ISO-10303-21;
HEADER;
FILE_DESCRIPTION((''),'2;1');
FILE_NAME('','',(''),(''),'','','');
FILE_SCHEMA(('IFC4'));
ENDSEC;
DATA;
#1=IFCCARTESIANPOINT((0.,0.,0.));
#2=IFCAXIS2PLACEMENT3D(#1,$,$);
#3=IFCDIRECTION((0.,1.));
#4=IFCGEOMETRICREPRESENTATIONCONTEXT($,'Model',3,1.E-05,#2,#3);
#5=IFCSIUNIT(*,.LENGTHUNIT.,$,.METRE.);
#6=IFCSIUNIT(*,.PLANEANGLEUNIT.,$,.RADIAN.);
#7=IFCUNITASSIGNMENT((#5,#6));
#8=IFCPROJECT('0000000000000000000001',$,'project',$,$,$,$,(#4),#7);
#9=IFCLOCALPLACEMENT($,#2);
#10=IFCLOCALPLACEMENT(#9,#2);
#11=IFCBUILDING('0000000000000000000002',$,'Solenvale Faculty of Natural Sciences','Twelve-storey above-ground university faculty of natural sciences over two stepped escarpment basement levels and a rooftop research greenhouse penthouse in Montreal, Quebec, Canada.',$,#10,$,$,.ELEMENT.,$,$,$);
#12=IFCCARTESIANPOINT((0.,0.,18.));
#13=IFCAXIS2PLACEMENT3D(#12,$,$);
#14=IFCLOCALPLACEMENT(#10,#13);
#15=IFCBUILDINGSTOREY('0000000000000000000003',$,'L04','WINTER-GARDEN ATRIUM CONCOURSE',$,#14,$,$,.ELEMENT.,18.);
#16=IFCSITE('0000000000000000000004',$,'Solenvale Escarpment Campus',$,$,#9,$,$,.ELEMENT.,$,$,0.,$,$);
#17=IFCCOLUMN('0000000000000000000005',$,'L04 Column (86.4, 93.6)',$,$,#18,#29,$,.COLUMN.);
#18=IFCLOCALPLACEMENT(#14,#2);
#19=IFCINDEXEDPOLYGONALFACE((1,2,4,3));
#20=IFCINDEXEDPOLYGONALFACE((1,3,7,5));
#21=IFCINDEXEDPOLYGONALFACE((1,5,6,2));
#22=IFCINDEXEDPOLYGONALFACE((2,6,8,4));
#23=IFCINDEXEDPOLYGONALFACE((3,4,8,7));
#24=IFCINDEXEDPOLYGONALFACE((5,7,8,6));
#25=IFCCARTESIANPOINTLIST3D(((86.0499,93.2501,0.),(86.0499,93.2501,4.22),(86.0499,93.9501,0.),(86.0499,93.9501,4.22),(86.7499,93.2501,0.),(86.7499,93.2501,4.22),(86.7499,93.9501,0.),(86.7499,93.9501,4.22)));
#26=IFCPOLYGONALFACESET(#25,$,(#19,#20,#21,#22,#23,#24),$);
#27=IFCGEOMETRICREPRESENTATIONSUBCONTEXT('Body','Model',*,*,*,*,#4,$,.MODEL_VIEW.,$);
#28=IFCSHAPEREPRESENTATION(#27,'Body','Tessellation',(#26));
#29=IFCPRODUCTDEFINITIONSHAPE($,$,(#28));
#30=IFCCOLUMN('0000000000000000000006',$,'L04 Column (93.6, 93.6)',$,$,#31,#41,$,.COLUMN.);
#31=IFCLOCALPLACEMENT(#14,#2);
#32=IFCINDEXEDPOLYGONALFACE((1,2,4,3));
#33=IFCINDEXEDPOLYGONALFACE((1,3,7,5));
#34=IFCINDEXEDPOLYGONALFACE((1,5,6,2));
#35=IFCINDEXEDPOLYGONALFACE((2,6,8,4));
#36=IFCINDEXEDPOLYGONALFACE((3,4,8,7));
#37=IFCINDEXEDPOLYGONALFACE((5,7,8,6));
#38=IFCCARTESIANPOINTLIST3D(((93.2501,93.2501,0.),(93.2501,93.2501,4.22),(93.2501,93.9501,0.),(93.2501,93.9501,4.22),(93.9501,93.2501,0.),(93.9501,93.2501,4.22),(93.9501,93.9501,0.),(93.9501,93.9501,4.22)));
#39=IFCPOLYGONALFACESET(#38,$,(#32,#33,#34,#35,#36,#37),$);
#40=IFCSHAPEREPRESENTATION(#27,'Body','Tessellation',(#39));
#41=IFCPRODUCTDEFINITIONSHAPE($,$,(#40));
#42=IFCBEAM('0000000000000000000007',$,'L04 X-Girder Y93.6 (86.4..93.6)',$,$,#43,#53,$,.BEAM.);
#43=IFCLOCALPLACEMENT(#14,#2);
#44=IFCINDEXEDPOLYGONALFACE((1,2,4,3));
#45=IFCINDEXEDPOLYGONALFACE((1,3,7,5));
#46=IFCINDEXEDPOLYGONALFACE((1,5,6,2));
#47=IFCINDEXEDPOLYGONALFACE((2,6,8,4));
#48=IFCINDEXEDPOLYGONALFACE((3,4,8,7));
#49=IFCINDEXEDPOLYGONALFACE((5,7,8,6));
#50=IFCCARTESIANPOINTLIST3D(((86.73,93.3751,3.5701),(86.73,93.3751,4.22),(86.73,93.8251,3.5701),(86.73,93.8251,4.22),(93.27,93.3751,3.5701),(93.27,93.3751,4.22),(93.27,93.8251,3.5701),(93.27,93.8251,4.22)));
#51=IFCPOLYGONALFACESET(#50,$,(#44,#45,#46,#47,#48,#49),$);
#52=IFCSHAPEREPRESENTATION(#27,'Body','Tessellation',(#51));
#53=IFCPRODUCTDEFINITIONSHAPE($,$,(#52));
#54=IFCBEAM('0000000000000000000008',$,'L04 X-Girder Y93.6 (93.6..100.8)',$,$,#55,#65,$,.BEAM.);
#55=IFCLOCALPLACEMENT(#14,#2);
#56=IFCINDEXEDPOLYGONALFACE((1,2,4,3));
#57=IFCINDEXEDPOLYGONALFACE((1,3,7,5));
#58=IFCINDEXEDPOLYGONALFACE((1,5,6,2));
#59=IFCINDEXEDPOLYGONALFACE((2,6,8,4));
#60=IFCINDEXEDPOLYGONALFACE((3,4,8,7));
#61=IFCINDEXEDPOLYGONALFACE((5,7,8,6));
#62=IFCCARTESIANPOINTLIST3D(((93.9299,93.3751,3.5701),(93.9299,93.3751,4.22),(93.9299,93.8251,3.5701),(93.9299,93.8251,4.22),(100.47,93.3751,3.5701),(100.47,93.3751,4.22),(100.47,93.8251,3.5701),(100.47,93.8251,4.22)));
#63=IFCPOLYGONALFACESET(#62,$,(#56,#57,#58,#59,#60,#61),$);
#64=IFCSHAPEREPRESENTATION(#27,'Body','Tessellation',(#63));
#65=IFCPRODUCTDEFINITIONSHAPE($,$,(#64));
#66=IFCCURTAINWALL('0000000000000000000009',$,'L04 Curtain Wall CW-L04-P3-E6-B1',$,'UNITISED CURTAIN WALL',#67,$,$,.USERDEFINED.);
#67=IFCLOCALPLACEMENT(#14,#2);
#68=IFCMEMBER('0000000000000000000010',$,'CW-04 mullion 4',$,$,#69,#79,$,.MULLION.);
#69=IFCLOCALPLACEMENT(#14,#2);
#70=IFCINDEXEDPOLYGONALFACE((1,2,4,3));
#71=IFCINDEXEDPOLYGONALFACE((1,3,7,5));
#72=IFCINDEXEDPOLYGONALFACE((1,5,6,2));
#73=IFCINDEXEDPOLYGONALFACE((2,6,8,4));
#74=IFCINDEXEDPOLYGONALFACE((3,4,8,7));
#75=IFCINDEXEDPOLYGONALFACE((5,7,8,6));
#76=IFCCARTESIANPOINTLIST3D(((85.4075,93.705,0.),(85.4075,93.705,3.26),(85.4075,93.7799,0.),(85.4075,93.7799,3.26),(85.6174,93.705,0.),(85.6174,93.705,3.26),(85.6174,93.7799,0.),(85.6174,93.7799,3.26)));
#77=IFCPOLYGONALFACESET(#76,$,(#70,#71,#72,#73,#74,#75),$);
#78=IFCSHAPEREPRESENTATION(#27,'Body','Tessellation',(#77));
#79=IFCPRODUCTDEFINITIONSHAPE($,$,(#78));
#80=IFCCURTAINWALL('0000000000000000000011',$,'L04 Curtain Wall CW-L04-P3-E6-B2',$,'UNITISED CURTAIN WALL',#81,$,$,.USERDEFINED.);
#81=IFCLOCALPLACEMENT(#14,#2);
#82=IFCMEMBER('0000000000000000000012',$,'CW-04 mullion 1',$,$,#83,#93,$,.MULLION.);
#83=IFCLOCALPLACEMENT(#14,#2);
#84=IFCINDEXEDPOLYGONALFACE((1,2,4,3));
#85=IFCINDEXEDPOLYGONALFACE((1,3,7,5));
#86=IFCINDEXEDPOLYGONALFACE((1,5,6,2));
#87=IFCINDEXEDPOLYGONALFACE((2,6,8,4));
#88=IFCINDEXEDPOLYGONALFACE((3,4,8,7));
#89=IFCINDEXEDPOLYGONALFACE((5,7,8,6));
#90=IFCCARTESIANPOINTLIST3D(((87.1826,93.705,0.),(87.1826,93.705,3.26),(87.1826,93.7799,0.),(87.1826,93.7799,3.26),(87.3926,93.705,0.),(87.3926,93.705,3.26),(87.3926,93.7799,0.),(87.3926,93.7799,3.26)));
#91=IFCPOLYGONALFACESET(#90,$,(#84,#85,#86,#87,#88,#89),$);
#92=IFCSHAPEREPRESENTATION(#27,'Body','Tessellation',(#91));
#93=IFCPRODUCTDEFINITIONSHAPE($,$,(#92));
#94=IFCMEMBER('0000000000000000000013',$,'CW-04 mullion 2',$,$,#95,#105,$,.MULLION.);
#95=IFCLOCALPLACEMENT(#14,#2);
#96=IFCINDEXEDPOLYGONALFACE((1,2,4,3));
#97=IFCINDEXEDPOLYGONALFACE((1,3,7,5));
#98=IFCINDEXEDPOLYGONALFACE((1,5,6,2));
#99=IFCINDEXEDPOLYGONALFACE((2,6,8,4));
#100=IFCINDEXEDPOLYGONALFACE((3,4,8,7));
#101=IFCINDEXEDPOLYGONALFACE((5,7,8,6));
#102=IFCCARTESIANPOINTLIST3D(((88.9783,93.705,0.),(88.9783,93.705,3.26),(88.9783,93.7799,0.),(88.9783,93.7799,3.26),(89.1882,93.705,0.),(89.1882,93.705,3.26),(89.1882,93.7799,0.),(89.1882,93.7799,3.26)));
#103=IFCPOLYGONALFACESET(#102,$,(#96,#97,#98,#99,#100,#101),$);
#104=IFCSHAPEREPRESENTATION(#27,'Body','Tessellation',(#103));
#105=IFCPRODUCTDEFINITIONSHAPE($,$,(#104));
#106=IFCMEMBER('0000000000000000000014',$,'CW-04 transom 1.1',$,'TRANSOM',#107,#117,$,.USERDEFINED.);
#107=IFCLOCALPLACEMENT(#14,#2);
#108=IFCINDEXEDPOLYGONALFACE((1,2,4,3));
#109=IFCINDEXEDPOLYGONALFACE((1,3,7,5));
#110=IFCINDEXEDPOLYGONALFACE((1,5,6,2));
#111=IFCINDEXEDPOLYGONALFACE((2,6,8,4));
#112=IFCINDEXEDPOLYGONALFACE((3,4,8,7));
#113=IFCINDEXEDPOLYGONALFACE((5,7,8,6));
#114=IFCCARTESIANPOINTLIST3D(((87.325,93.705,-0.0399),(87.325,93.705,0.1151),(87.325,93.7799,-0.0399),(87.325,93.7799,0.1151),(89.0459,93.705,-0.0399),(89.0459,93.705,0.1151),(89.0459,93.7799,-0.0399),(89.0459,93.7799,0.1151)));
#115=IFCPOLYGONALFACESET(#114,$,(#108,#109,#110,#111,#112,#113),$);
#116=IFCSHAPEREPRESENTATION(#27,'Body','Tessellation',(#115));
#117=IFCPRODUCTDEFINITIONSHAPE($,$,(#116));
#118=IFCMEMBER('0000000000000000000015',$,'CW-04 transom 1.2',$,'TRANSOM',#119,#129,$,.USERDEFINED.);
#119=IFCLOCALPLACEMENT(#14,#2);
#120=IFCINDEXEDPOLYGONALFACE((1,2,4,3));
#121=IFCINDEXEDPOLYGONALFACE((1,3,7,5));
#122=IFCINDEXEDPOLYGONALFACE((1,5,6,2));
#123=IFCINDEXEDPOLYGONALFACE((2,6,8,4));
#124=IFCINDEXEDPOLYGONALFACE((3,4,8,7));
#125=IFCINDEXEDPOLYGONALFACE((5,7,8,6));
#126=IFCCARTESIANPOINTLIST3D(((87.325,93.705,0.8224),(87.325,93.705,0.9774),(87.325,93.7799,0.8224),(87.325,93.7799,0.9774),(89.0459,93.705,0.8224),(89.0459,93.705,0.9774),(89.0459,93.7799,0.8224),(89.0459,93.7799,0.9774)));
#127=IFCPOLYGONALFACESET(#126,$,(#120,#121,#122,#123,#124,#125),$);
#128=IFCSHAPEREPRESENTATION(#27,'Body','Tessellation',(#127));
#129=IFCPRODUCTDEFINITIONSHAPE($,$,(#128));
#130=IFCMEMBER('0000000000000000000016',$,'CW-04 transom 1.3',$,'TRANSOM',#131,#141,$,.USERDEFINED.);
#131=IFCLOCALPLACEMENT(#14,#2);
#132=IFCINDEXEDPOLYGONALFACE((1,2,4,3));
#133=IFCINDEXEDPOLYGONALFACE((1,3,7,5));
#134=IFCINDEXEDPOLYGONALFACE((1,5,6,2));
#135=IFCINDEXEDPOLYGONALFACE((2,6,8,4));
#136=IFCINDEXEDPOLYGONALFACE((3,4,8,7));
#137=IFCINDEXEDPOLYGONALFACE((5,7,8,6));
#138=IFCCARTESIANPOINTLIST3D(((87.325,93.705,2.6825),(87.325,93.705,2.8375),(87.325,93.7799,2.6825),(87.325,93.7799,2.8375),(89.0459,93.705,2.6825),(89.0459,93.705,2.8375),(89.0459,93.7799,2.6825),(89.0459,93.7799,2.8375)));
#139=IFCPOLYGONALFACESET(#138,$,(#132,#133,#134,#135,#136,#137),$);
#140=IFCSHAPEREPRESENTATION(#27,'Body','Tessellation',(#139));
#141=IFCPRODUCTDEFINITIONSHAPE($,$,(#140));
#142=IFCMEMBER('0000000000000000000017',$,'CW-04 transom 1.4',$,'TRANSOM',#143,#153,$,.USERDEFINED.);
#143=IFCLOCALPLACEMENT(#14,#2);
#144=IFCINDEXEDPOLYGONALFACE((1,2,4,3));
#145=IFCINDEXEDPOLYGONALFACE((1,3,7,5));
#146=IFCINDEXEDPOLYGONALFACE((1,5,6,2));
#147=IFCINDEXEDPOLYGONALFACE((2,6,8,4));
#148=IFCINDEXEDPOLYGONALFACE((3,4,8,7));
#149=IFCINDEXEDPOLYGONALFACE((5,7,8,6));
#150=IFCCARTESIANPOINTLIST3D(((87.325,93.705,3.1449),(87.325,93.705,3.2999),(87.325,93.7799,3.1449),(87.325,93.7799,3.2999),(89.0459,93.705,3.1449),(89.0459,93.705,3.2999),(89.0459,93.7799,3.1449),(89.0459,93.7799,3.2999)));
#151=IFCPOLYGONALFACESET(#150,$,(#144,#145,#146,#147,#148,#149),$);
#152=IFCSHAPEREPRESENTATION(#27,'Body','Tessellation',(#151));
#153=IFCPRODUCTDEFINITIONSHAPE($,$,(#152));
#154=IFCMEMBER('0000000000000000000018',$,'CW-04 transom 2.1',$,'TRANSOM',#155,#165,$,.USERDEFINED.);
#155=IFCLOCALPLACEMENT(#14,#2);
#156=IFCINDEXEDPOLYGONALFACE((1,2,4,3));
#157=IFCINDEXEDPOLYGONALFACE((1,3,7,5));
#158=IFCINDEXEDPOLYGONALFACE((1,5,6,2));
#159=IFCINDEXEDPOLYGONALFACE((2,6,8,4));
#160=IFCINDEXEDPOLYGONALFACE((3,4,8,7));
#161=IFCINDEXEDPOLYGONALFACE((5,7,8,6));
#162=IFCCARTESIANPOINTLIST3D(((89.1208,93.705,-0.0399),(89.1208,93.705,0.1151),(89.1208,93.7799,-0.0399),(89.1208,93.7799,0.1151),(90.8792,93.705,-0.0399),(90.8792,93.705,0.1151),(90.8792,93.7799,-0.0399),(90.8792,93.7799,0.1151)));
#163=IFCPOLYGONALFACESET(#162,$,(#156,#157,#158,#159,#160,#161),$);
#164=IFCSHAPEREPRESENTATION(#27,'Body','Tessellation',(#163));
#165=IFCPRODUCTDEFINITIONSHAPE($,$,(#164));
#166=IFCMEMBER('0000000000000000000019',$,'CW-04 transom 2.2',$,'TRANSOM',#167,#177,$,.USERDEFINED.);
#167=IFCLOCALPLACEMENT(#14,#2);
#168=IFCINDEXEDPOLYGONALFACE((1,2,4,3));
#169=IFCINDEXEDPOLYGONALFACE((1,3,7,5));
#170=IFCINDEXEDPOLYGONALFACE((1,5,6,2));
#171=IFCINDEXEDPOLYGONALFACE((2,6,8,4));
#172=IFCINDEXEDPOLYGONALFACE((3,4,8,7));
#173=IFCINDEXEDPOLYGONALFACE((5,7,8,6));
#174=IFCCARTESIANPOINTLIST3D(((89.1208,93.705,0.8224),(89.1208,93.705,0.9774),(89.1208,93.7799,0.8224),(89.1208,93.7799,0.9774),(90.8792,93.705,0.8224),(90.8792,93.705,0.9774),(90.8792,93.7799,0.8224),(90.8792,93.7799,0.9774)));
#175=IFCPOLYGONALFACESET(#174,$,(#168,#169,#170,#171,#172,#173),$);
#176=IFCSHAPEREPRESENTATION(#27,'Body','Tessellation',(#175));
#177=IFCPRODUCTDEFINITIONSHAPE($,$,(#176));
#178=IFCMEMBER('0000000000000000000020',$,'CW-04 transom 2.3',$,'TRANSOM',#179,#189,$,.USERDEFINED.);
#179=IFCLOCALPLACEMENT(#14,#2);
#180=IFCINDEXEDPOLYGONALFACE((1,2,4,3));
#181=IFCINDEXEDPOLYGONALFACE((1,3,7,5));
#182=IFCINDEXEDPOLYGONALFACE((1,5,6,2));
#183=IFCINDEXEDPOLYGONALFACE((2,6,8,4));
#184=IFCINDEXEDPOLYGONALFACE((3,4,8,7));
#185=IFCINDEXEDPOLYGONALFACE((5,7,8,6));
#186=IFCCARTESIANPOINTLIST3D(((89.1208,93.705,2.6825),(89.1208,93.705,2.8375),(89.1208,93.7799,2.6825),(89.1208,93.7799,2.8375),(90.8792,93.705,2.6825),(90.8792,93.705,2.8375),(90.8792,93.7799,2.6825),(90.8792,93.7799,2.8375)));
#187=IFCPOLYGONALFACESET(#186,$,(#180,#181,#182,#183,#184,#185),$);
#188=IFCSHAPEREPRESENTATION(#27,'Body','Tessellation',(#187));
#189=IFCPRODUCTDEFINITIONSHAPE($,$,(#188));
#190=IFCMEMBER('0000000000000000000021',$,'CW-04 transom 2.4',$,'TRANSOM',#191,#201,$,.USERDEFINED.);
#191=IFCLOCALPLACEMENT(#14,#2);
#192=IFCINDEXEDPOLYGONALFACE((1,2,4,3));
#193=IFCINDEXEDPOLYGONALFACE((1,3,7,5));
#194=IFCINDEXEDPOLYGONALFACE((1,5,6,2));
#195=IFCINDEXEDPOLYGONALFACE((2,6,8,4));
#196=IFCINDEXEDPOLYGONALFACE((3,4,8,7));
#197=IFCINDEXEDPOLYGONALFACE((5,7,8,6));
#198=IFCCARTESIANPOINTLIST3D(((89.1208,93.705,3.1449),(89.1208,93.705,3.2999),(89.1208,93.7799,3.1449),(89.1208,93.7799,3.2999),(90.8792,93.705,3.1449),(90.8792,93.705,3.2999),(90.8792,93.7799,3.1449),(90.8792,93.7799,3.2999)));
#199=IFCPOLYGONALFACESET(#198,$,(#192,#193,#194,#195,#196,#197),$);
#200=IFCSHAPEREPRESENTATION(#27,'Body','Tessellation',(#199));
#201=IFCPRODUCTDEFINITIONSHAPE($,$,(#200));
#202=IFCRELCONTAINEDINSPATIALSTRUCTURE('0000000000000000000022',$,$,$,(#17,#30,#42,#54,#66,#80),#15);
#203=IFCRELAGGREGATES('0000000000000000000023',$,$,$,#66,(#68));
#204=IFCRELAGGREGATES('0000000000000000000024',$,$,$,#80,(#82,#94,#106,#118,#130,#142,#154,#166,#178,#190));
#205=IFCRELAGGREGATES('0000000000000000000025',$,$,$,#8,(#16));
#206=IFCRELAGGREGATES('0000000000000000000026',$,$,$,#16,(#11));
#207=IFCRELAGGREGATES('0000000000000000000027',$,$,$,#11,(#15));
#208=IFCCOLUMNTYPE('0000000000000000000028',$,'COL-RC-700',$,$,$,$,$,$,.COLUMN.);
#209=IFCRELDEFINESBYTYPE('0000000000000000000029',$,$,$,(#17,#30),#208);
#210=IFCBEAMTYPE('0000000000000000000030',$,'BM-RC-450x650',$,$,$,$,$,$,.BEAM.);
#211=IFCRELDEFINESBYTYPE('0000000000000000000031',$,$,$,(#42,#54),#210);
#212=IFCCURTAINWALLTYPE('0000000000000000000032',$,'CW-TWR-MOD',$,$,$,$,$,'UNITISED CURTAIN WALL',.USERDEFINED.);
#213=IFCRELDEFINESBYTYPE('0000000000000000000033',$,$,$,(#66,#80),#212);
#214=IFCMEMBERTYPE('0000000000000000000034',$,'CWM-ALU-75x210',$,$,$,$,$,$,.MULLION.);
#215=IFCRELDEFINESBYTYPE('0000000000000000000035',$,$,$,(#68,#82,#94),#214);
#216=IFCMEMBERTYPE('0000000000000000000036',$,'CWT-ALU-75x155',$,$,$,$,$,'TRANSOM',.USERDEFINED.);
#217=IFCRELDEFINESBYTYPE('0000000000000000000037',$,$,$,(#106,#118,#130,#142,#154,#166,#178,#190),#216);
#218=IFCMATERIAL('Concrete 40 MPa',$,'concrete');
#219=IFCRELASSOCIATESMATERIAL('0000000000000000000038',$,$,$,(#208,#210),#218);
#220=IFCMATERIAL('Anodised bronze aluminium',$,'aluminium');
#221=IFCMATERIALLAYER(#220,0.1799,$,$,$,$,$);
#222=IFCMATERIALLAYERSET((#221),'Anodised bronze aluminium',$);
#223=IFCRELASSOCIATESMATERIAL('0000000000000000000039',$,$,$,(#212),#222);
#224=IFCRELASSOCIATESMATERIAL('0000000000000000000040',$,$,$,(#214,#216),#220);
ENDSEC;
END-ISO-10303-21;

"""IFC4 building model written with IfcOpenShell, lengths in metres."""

from ifc_helpers import new_model, si_unit, direction, frame, origin, origin_2d, place, context, subcontext, project, spatial, rectangle, extrude, material, layer, layer_set, material_profile, profile_set, type_object, element, aggregate, save


model = new_model("IFC4")

# Units and contexts
model_context = context("Model", 3, precision=1e-05, world=origin(), true_north=direction((0.0, 1.0)))
body_context = subcontext(model_context, "Body", "Model", "MODEL_VIEW")
ifc_project = project(units=[si_unit("LENGTHUNIT", "METRE"), si_unit("PLANEANGLEUNIT", "RADIAN")], contexts=[model_context])

# Site, building, storey
site_placement = place(None, origin())
site = spatial("IfcSite", under=ifc_project, at=site_placement, Name="Solenvale Escarpment Campus", CompositionType="ELEMENT", RefElevation=0.0)
building_placement = place(site_placement, origin())
building = spatial("IfcBuilding", under=site, at=building_placement, Name="Solenvale Faculty of Natural Sciences", Description="Twelve-storey above-ground university faculty of natural sciences over two stepped escarpment basement levels and a rooftop research greenhouse penthouse in Montreal, Quebec, Canada.", CompositionType="ELEMENT")
storey_placement = place(building_placement, frame((0.0, 0.0, 18.0)))
storey = spatial("IfcBuildingStorey", under=building, at=storey_placement, Name="L04", Description="WINTER-GARDEN ATRIUM CONCOURSE", CompositionType="ELEMENT", Elevation=18.0)

# Columns
ifc_material_1 = material(Name="Concrete 40 MPa", Category="concrete")
ifc_material_profile_1 = material_profile(ifc_material_1, rectangle(XDim=0.7, YDim=0.7, at=origin_2d()), Name="RC-COL-700x700")
ifc_profile_set_1 = profile_set([ifc_material_profile_1], Name="Concrete 40 MPa")
column_type = type_object("IfcColumnType", Name="COL-RC-700", PredefinedType="COLUMN", material=ifc_profile_set_1)
for number, where, z_axis, x_axis, name in (
    (1, (86.3999, 93.6001, 0.0), (0.0, 0.0, 1.0), (1.0, 0.0, 0.0), "L04 Column (86.4, 93.6)"),
    (2, (93.6001, 93.6001, 0.0), (0.0, 0.0, 1.0), (1.0, 0.0, 0.0), "L04 Column (93.6, 93.6)"),
):
    element("IfcColumn", number, at=place(storey_placement, frame(where, z_axis=z_axis, x_axis=x_axis)), inside=storey, type_object=column_type, Name=name, PredefinedType="COLUMN", context=body_context, shape_type="SweptSolid", body=[
        extrude(rectangle(XDim=0.7, YDim=0.7, at=origin_2d()), origin(), (0.0, 0.0, 1.0), 4.22),
    ])

# Beams
ifc_material_profile_2 = material_profile(ifc_material_1, rectangle(XDim=0.45, YDim=0.6499, at=origin_2d()), Name="RC-BM-450x650")
ifc_profile_set_2 = profile_set([ifc_material_profile_2], Name="Concrete 40 MPa")
beam_type = type_object("IfcBeamType", Name="BM-RC-450x650", PredefinedType="BEAM", material=ifc_profile_set_2)
for number, where, z_axis, x_axis, name in (
    (3, (86.73, 93.6001, 3.895), (1.0, 0.0, 0.0), (0.0, 1.0, 0.0), "L04 X-Girder Y93.6 (86.4..93.6)"),
    (4, (93.9299, 93.6001, 3.895), (1.0, 0.0, 0.0), (0.0, 1.0, 0.0), "L04 X-Girder Y93.6 (93.6..100.8)"),
):
    element("IfcBeam", number, at=place(storey_placement, frame(where, z_axis=z_axis, x_axis=x_axis)), inside=storey, type_object=beam_type, Name=name, PredefinedType="BEAM", context=body_context, shape_type="SweptSolid", body=[
        extrude(rectangle(XDim=0.45, YDim=0.6499, at=origin_2d()), origin(), (0.0, 0.0, 1.0), 6.54),
    ])

# Curtain wall, member
ifc_material_2 = material(Name="Anodised bronze aluminium", Category="aluminium")
ifc_layer_1 = layer(ifc_material_2, 0.1799)
ifc_layer_set_1 = layer_set([ifc_layer_1], Name="Anodised bronze aluminium")
curtain_wall_type = type_object("IfcCurtainWallType", Name="CW-TWR-MOD", ElementType="UNITISED CURTAIN WALL", PredefinedType="USERDEFINED", material=ifc_layer_set_1)
curtain_wall_1_placement = place(storey_placement, origin())
curtain_wall_1 = element("IfcCurtainWall", 5, at=curtain_wall_1_placement, inside=storey, type_object=curtain_wall_type, Name="L04 Curtain Wall CW-L04-P3-E6-B1", ObjectType="UNITISED CURTAIN WALL", PredefinedType="USERDEFINED")
ifc_material_profile_3 = material_profile(ifc_material_2, rectangle(XDim=0.075, YDim=0.21, at=origin_2d()), Name="ALU-MUL-75x210")
ifc_profile_set_3 = profile_set([ifc_material_profile_3], Name="Anodised bronze aluminium")
member_type_1 = type_object("IfcMemberType", Name="CWM-ALU-75x210", PredefinedType="MULLION", material=ifc_profile_set_3)
member_1_placement = place(storey_placement, frame((85.5125, 93.7424, 0.0), z_axis=(0.0, 0.0, 1.0), x_axis=(0.0, 1.0, 0.0)))
member_1 = element("IfcMember", 6, at=member_1_placement, type_object=member_type_1, Name="CW-04 mullion 4", PredefinedType="MULLION", context=body_context, shape_type="SweptSolid", body=[
    extrude(rectangle(XDim=0.075, YDim=0.21, at=origin_2d()), origin(), (0.0, 0.0, 1.0), 3.26),
])

# Curtain wall, members
curtain_wall_2_placement = place(storey_placement, origin())
curtain_wall_2 = element("IfcCurtainWall", 7, at=curtain_wall_2_placement, inside=storey, type_object=curtain_wall_type, Name="L04 Curtain Wall CW-L04-P3-E6-B2", ObjectType="UNITISED CURTAIN WALL", PredefinedType="USERDEFINED")
member_2_placement = place(storey_placement, frame((87.2876, 93.7424, 0.0), z_axis=(0.0, 0.0, 1.0), x_axis=(0.0, 1.0, 0.0)))
member_2 = element("IfcMember", 8, at=member_2_placement, type_object=member_type_1, Name="CW-04 mullion 1", PredefinedType="MULLION", context=body_context, shape_type="SweptSolid", body=[
    extrude(rectangle(XDim=0.075, YDim=0.21, at=origin_2d()), origin(), (0.0, 0.0, 1.0), 3.26),
])
member_3_placement = place(storey_placement, frame((89.0833, 93.7424, 0.0), z_axis=(0.0, 0.0, 1.0), x_axis=(0.0, 1.0, 0.0)))
member_3 = element("IfcMember", 9, at=member_3_placement, type_object=member_type_1, Name="CW-04 mullion 2", PredefinedType="MULLION", context=body_context, shape_type="SweptSolid", body=[
    extrude(rectangle(XDim=0.075, YDim=0.21, at=origin_2d()), origin(), (0.0, 0.0, 1.0), 3.26),
])
ifc_material_profile_4 = material_profile(ifc_material_2, rectangle(XDim=0.075, YDim=0.155, at=origin_2d()), Name="ALU-TRN-75x155")
ifc_profile_set_4 = profile_set([ifc_material_profile_4], Name="Anodised bronze aluminium")
member_type_2 = type_object("IfcMemberType", Name="CWT-ALU-75x155", ElementType="TRANSOM", PredefinedType="USERDEFINED", material=ifc_profile_set_4)
member_4_placement = place(storey_placement, frame((87.325, 93.7424, 0.0376), z_axis=(1.0, 0.0, 0.0), x_axis=(0.0, 1.0, 0.0)))
member_4 = element("IfcMember", 10, at=member_4_placement, type_object=member_type_2, Name="CW-04 transom 1.1", ObjectType="TRANSOM", PredefinedType="USERDEFINED", context=body_context, shape_type="SweptSolid", body=[
    extrude(rectangle(XDim=0.075, YDim=0.155, at=origin_2d()), origin(), (0.0, 0.0, 1.0), 1.7209),
])
member_5_placement = place(storey_placement, frame((87.325, 93.7424, 0.8999), z_axis=(1.0, 0.0, 0.0), x_axis=(0.0, 1.0, 0.0)))
member_5 = element("IfcMember", 11, at=member_5_placement, type_object=member_type_2, Name="CW-04 transom 1.2", ObjectType="TRANSOM", PredefinedType="USERDEFINED", context=body_context, shape_type="SweptSolid", body=[
    extrude(rectangle(XDim=0.075, YDim=0.155, at=origin_2d()), origin(), (0.0, 0.0, 1.0), 1.7209),
])
member_6_placement = place(storey_placement, frame((87.325, 93.7424, 2.76), z_axis=(1.0, 0.0, 0.0), x_axis=(0.0, 1.0, 0.0)))
member_6 = element("IfcMember", 12, at=member_6_placement, type_object=member_type_2, Name="CW-04 transom 1.3", ObjectType="TRANSOM", PredefinedType="USERDEFINED", context=body_context, shape_type="SweptSolid", body=[
    extrude(rectangle(XDim=0.075, YDim=0.155, at=origin_2d()), origin(), (0.0, 0.0, 1.0), 1.7209),
])
member_7_placement = place(storey_placement, frame((87.325, 93.7424, 3.2224), z_axis=(1.0, 0.0, 0.0), x_axis=(0.0, 1.0, 0.0)))
member_7 = element("IfcMember", 13, at=member_7_placement, type_object=member_type_2, Name="CW-04 transom 1.4", ObjectType="TRANSOM", PredefinedType="USERDEFINED", context=body_context, shape_type="SweptSolid", body=[
    extrude(rectangle(XDim=0.075, YDim=0.155, at=origin_2d()), origin(), (0.0, 0.0, 1.0), 1.7209),
])
member_8_placement = place(storey_placement, frame((89.1208, 93.7424, 0.0376), z_axis=(1.0, 0.0, 0.0), x_axis=(0.0, 1.0, 0.0)))
member_8 = element("IfcMember", 14, at=member_8_placement, type_object=member_type_2, Name="CW-04 transom 2.1", ObjectType="TRANSOM", PredefinedType="USERDEFINED", context=body_context, shape_type="SweptSolid", body=[
    extrude(rectangle(XDim=0.075, YDim=0.155, at=origin_2d()), origin(), (0.0, 0.0, 1.0), 1.7583),
])
member_9_placement = place(storey_placement, frame((89.1208, 93.7424, 0.8999), z_axis=(1.0, 0.0, 0.0), x_axis=(0.0, 1.0, 0.0)))
member_9 = element("IfcMember", 15, at=member_9_placement, type_object=member_type_2, Name="CW-04 transom 2.2", ObjectType="TRANSOM", PredefinedType="USERDEFINED", context=body_context, shape_type="SweptSolid", body=[
    extrude(rectangle(XDim=0.075, YDim=0.155, at=origin_2d()), origin(), (0.0, 0.0, 1.0), 1.7583),
])
member_10_placement = place(storey_placement, frame((89.1208, 93.7424, 2.76), z_axis=(1.0, 0.0, 0.0), x_axis=(0.0, 1.0, 0.0)))
member_10 = element("IfcMember", 16, at=member_10_placement, type_object=member_type_2, Name="CW-04 transom 2.3", ObjectType="TRANSOM", PredefinedType="USERDEFINED", context=body_context, shape_type="SweptSolid", body=[
    extrude(rectangle(XDim=0.075, YDim=0.155, at=origin_2d()), origin(), (0.0, 0.0, 1.0), 1.7583),
])
member_11_placement = place(storey_placement, frame((89.1208, 93.7424, 3.2224), z_axis=(1.0, 0.0, 0.0), x_axis=(0.0, 1.0, 0.0)))
member_11 = element("IfcMember", 17, at=member_11_placement, type_object=member_type_2, Name="CW-04 transom 2.4", ObjectType="TRANSOM", PredefinedType="USERDEFINED", context=body_context, shape_type="SweptSolid", body=[
    extrude(rectangle(XDim=0.075, YDim=0.155, at=origin_2d()), origin(), (0.0, 0.0, 1.0), 1.7583),
])

aggregate(curtain_wall_1, [member_1])
aggregate(curtain_wall_2, [member_2, member_3, member_4, member_5, member_6, member_7, member_8, member_9, member_10, member_11])

save(model, "model.ifc")
